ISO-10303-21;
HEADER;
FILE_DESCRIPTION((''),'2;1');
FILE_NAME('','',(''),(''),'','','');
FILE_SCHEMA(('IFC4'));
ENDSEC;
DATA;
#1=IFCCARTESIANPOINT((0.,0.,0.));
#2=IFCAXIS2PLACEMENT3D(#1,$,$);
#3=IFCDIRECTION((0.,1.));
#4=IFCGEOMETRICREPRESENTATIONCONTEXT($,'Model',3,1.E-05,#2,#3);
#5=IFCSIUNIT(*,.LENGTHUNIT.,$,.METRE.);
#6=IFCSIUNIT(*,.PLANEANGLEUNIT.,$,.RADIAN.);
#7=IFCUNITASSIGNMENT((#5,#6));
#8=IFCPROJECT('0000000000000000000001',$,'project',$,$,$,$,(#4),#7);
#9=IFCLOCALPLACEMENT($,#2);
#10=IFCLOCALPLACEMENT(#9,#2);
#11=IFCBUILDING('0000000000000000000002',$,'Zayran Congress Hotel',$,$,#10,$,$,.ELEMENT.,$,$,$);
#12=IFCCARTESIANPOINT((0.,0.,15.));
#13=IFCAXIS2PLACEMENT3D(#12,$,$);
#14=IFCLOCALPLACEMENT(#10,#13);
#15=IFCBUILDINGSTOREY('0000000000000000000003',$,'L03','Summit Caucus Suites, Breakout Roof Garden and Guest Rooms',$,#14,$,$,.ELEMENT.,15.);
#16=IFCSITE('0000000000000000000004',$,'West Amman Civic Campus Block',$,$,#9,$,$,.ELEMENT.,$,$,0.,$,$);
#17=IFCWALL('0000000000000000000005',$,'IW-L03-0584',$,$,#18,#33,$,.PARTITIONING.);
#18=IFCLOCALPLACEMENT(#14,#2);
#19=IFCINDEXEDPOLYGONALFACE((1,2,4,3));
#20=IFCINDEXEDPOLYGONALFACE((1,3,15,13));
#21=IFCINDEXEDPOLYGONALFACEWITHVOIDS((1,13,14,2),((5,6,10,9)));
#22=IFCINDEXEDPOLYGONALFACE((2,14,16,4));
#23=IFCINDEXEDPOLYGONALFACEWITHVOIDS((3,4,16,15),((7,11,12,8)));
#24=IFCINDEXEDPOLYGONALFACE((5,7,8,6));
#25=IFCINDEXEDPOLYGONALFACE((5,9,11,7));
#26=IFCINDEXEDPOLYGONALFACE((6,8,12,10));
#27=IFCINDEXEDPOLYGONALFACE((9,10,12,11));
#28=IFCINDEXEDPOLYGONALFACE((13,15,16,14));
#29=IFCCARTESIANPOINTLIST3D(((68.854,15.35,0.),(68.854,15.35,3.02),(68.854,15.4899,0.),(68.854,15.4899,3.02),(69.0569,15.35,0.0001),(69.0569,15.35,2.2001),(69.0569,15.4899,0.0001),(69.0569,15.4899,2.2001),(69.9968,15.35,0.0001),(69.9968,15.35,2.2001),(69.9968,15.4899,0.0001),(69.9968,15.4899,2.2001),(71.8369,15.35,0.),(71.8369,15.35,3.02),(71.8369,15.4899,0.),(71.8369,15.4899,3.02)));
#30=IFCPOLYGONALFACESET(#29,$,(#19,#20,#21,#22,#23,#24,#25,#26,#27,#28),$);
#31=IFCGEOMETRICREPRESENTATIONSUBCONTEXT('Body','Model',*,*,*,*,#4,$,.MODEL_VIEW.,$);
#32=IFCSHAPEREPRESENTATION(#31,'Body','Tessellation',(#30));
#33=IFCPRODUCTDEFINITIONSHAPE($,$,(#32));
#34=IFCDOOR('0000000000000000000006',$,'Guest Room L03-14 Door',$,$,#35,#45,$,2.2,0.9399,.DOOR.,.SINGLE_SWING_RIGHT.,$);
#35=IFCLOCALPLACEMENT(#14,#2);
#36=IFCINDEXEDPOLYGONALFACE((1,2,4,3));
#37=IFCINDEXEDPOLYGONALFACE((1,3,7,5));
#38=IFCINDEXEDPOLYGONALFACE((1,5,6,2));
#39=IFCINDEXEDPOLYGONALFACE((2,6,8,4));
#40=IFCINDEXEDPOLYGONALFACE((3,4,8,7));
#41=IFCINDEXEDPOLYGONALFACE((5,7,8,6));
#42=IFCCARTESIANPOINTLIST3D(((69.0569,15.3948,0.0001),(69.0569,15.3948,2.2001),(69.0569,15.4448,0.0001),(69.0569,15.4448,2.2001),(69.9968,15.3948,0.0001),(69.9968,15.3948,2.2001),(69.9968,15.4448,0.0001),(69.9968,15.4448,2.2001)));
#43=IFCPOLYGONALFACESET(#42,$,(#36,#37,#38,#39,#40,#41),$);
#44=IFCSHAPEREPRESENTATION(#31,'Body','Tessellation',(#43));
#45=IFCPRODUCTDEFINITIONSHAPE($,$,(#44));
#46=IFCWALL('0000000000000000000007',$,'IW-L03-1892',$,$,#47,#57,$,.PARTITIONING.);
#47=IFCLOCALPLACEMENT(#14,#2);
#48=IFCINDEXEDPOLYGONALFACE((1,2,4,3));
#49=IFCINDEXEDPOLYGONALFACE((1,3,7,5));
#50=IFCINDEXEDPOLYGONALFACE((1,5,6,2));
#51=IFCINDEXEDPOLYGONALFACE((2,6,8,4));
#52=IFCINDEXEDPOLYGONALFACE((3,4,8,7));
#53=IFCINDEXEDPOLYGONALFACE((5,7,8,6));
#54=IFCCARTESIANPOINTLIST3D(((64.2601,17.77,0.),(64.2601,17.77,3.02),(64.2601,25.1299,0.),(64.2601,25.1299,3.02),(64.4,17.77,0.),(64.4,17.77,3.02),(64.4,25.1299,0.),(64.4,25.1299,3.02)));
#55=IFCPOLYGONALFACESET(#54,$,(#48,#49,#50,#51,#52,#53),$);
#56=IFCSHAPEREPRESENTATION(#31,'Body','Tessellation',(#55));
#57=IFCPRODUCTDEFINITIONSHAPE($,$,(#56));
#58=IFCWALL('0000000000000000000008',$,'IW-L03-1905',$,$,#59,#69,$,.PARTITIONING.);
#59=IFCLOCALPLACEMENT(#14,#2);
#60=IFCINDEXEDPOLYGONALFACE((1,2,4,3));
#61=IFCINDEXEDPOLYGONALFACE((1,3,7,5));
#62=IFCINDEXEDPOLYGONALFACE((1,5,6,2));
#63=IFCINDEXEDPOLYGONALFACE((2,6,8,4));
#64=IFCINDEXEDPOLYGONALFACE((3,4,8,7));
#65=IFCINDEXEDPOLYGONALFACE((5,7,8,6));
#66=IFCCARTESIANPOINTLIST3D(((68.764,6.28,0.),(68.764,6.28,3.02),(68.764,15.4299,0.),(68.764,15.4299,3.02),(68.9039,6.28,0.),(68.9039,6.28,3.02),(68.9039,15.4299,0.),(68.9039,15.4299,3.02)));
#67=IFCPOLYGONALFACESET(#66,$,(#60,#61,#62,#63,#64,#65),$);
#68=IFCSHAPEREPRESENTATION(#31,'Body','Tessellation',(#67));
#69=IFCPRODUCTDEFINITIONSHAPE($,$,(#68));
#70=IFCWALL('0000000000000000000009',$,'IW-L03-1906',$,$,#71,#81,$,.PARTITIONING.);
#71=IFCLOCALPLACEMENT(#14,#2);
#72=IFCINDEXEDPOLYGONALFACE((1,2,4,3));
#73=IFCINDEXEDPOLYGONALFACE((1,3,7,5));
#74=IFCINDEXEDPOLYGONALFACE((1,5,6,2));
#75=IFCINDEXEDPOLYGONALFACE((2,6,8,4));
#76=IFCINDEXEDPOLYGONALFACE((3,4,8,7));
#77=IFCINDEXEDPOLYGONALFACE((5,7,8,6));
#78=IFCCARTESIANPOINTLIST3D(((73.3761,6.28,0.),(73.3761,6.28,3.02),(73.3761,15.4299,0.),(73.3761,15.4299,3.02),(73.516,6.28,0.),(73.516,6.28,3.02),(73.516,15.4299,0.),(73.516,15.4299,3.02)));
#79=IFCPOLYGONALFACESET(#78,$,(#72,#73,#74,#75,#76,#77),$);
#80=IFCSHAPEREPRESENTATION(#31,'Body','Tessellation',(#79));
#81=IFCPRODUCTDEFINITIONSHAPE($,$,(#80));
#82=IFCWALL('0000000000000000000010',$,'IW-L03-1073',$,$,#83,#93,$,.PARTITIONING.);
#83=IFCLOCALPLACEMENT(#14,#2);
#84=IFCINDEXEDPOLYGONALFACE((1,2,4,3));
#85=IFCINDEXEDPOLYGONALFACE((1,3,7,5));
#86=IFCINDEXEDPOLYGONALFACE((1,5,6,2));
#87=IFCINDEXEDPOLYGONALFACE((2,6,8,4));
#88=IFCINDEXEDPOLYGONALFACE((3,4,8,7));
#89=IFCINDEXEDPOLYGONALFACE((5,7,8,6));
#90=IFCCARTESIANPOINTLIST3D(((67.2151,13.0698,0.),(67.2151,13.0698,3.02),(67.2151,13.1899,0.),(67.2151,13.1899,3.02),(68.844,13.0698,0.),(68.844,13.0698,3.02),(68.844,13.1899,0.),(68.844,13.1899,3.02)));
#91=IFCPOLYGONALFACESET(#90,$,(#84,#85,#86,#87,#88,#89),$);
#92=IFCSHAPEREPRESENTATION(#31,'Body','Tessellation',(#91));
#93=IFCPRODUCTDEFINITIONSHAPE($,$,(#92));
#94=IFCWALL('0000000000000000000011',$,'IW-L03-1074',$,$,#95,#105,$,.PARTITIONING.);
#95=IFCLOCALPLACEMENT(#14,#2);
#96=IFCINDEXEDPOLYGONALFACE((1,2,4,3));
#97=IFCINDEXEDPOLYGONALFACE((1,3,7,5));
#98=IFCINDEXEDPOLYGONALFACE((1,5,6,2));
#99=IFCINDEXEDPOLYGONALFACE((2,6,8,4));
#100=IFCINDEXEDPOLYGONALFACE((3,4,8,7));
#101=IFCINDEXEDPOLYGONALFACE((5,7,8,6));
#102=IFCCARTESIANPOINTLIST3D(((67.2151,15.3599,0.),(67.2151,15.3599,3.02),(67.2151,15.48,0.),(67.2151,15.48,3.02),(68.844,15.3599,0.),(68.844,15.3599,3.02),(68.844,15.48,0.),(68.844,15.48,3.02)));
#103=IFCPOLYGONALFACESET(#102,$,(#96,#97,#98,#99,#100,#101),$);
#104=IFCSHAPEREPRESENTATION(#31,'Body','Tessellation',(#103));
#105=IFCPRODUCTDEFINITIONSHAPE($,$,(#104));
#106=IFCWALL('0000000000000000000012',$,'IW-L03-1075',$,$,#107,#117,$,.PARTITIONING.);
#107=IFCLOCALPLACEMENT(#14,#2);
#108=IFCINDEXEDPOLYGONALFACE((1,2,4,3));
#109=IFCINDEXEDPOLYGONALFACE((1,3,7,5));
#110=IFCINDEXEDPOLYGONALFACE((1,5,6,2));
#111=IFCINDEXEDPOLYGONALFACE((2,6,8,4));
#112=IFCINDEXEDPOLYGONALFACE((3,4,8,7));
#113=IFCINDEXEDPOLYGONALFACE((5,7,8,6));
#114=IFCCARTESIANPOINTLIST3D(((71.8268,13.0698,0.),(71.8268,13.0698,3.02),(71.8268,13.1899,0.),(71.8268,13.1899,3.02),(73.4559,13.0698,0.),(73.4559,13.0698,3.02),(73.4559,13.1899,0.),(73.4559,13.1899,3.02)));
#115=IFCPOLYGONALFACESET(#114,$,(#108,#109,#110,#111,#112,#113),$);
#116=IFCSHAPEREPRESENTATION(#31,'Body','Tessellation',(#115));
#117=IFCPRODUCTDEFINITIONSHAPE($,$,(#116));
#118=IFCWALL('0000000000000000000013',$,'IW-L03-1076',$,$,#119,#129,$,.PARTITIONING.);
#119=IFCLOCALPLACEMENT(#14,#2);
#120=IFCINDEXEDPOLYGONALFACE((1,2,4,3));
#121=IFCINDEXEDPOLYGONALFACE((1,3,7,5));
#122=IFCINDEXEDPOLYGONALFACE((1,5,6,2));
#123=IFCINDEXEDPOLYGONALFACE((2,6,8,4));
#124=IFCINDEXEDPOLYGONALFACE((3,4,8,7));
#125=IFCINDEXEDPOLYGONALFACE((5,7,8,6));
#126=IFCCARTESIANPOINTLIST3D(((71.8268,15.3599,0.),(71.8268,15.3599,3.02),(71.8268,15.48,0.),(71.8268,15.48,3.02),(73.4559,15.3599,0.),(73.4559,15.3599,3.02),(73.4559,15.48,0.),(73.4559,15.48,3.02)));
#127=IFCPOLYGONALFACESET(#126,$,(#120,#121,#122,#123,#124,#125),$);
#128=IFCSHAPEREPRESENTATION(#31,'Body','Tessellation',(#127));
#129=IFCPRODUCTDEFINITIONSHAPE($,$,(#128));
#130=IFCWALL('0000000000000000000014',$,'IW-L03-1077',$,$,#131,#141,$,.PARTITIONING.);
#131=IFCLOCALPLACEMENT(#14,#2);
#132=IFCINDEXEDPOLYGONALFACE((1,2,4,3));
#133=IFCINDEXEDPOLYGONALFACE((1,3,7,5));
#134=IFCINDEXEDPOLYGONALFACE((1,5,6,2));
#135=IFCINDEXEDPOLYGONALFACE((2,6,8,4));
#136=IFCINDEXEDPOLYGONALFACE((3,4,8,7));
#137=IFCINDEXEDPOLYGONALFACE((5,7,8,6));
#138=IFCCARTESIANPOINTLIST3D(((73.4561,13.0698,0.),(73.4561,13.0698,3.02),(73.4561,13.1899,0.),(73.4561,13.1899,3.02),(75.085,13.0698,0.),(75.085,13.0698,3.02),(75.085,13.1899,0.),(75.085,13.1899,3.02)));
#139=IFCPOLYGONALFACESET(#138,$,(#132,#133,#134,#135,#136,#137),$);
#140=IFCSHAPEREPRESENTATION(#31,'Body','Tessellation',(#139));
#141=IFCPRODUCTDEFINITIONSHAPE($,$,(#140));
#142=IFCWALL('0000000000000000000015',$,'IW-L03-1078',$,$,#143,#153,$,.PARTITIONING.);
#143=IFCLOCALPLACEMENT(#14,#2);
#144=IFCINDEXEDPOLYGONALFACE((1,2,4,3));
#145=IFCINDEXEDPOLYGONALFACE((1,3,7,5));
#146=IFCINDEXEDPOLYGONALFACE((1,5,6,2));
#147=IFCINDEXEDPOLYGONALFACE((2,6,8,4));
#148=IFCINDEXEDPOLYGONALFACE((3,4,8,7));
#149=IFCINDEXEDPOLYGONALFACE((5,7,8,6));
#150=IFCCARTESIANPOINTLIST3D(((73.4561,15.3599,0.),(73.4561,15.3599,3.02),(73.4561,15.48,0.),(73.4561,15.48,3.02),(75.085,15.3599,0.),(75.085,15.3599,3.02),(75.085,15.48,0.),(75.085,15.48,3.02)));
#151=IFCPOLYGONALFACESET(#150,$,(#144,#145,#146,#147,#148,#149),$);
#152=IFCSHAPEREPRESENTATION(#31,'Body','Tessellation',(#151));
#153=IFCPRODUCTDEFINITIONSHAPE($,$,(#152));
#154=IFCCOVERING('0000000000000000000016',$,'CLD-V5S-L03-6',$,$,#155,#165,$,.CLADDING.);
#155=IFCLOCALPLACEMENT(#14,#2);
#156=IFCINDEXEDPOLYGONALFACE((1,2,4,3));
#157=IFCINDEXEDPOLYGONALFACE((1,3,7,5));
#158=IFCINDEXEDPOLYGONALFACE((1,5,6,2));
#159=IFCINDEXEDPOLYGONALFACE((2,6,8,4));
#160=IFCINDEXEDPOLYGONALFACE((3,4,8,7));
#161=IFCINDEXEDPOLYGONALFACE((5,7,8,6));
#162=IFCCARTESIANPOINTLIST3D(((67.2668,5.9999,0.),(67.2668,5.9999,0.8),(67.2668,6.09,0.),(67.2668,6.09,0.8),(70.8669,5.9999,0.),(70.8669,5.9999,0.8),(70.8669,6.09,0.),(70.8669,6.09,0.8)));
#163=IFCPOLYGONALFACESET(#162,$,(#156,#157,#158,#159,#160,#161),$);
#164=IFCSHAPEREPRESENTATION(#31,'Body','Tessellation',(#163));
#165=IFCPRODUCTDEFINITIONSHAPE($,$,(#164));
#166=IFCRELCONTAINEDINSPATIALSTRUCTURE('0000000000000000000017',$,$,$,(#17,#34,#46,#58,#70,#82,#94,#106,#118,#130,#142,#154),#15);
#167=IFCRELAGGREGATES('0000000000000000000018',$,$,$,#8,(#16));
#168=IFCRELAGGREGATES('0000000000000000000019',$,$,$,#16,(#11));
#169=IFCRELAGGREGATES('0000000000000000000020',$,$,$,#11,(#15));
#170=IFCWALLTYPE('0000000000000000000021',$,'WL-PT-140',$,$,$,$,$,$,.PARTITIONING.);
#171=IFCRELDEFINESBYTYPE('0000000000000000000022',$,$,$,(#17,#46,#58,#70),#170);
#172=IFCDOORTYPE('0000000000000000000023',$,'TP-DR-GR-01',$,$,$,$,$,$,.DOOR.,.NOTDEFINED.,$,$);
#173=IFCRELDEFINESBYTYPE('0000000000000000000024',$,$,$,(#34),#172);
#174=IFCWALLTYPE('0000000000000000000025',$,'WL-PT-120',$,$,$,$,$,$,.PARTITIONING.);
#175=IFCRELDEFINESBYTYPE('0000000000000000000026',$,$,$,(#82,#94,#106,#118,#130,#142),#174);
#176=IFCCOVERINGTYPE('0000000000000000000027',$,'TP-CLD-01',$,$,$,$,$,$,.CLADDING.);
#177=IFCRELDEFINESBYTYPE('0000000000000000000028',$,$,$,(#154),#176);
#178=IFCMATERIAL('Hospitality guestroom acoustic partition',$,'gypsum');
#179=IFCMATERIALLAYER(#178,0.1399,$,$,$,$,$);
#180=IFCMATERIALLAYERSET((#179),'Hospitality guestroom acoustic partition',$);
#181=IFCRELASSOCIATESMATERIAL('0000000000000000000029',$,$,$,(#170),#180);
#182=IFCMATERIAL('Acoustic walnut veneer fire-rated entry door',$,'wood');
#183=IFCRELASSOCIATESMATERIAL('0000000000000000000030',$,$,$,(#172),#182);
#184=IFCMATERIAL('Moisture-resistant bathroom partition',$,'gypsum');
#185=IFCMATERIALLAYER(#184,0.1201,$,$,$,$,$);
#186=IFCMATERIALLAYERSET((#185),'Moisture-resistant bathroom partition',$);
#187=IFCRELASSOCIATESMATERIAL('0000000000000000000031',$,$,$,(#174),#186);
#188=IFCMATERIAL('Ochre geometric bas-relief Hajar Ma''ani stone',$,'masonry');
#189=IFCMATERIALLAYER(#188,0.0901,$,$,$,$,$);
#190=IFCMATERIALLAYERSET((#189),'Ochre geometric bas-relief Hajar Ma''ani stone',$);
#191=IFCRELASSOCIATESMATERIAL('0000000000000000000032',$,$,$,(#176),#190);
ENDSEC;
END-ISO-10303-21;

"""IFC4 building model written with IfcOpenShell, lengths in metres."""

from ifc_helpers import new_model, si_unit, direction, frame, frame_2d, origin, origin_2d, place, context, subcontext, project, spatial, rectangle, extrude, material, layer, layer_set, type_object, element, fill, save


model = new_model("IFC4")

# Units and contexts
model_context = context("Model", 3, precision=1e-05, world=origin(), true_north=direction((0.0, 1.0)))
body_context = subcontext(model_context, "Body", "Model", "MODEL_VIEW")
ifc_project = project(units=[si_unit("LENGTHUNIT", "METRE"), si_unit("PLANEANGLEUNIT", "RADIAN")], contexts=[model_context])

# Site, building, storey
site_placement = place(None, origin())
site = spatial("IfcSite", under=ifc_project, at=site_placement, Name="West Amman Civic Campus Block", CompositionType="ELEMENT", RefElevation=0.0)
building_placement = place(site_placement, origin())
building = spatial("IfcBuilding", under=site, at=building_placement, Name="Zayran Congress Hotel", CompositionType="ELEMENT")
storey_placement = place(building_placement, frame((0.0, 0.0, 15.0)))
storey = spatial("IfcBuildingStorey", under=building, at=storey_placement, Name="L03", Description="Summit Caucus Suites, Breakout Roof Garden and Guest Rooms", CompositionType="ELEMENT", Elevation=15.0)

# Wall, opening, door
ifc_material_1 = material(Name="Hospitality guestroom acoustic partition", Category="gypsum")
ifc_layer_1 = layer(ifc_material_1, 0.1399)
ifc_layer_set_1 = layer_set([ifc_layer_1], Name="Hospitality guestroom acoustic partition")
wall_type_1 = type_object("IfcWallType", Name="WL-PT-140", PredefinedType="PARTITIONING", material=ifc_layer_set_1)
wall_1_placement = place(storey_placement, frame((68.854, 15.4199, 0.0), z_axis=(0.0, 0.0, 1.0), x_axis=(1.0, 0.0, 0.0)))
wall_1 = element("IfcWall", 1, at=wall_1_placement, inside=storey, type_object=wall_type_1, Name="IW-L03-0584", PredefinedType="PARTITIONING", context=body_context, shape_type="SweptSolid", body=[
    extrude(rectangle(XDim=2.9829, YDim=0.1399, at=frame_2d((1.4915, 0.0))), origin(), (0.0, 0.0, 1.0), 3.02),
])
opening_1_placement = place(wall_1_placement, frame((0.2029, 0.0, 0.0)))
opening_1 = element("IfcOpeningElement", 2, at=opening_1_placement, cuts=wall_1, PredefinedType="OPENING", context=body_context, shape_type="SweptSolid", body=[
    extrude(rectangle(XDim=0.9399, YDim=2.2, at=frame_2d((0.47, 1.1001))), frame((0.0, 0.0798, 0.0), z_axis=(0.0, -1.0, 0.0), x_axis=(1.0, 0.0, 0.0)), (0.0, 0.0, 1.0), 0.1599),
])
ifc_material_2 = material(Name="Acoustic walnut veneer fire-rated entry door", Category="wood")
door_type_1 = type_object("IfcDoorType", Name="TP-DR-GR-01", OperationType="NOTDEFINED", PredefinedType="DOOR", material=ifc_material_2)
door_1_placement = place(opening_1_placement, origin())
door_1 = element("IfcDoor", 3, at=door_1_placement, inside=storey, type_object=door_type_1, Name="Guest Room L03-14 Door", OperationType="SINGLE_SWING_RIGHT", OverallHeight=2.2, OverallWidth=0.9399, PredefinedType="DOOR", context=body_context, shape_type="SweptSolid", body=[
    extrude(rectangle(XDim=0.9399, YDim=2.2, at=frame_2d((0.47, 1.1001))), frame((0.0, 0.0249, 0.0), z_axis=(0.0, -1.0, 0.0), x_axis=(1.0, 0.0, 0.0)), (0.0, 0.0, 1.0), 0.05),
])
fill(opening_1, door_1)

# Walls
wall_2_placement = place(storey_placement, frame((64.3301, 17.77, 0.0), z_axis=(0.0, 0.0, 1.0), x_axis=(0.0, 1.0, 0.0)))
element("IfcWall", 4, at=wall_2_placement, inside=storey, type_object=wall_type_1, Name="IW-L03-1892", PredefinedType="PARTITIONING", context=body_context, shape_type="SweptSolid", body=[
    extrude(rectangle(XDim=7.3599, YDim=0.1399, at=frame_2d((3.6799, 0.0))), origin(), (0.0, 0.0, 1.0), 3.02),
])
for number, where, z_axis, x_axis, name in (
    (5, (68.834, 6.28, 0.0), (0.0, 0.0, 1.0), (0.0, 1.0, 0.0), "IW-L03-1905"),
    (6, (73.446, 6.28, 0.0), (0.0, 0.0, 1.0), (0.0, 1.0, 0.0), "IW-L03-1906"),
):
    element("IfcWall", number, at=place(storey_placement, frame(where, z_axis=z_axis, x_axis=x_axis)), inside=storey, type_object=wall_type_1, Name=name, PredefinedType="PARTITIONING", context=body_context, shape_type="SweptSolid", body=[
        extrude(rectangle(XDim=9.1499, YDim=0.1399, at=frame_2d((4.575, 0.0))), origin(), (0.0, 0.0, 1.0), 3.02),
    ])

# Shared definitions
ifc_material_3 = material(Name="Moisture-resistant bathroom partition", Category="gypsum")
ifc_layer_2 = layer(ifc_material_3, 0.1201)
ifc_layer_set_2 = layer_set([ifc_layer_2], Name="Moisture-resistant bathroom partition")
wall_type_2 = type_object("IfcWallType", Name="WL-PT-120", PredefinedType="PARTITIONING", material=ifc_layer_set_2)

# Walls
for number, where, z_axis, x_axis, name in (
    (7, (67.2151, 13.1299, 0.0), (0.0, 0.0, 1.0), (1.0, 0.0, 0.0), "IW-L03-1073"),
    (8, (67.2151, 15.4199, 0.0), (0.0, 0.0, 1.0), (1.0, 0.0, 0.0), "IW-L03-1074"),
):
    element("IfcWall", number, at=place(storey_placement, frame(where, z_axis=z_axis, x_axis=x_axis)), inside=storey, type_object=wall_type_2, Name=name, PredefinedType="PARTITIONING", context=body_context, shape_type="SweptSolid", body=[
        extrude(rectangle(XDim=1.6289, YDim=0.1201, at=frame_2d((0.8145, 0.0))), origin(), (0.0, 0.0, 1.0), 3.02),
    ])
for number, where, z_axis, x_axis, name in (
    (9, (71.8269, 13.1299, 0.0), (0.0, 0.0, 1.0), (1.0, 0.0, 0.0), "IW-L03-1075"),
    (10, (71.8269, 15.4199, 0.0), (0.0, 0.0, 1.0), (1.0, 0.0, 0.0), "IW-L03-1076"),
):
    element("IfcWall", number, at=place(storey_placement, frame(where, z_axis=z_axis, x_axis=x_axis)), inside=storey, type_object=wall_type_2, Name=name, PredefinedType="PARTITIONING", context=body_context, shape_type="SweptSolid", body=[
        extrude(rectangle(XDim=1.6292, YDim=0.1201, at=frame_2d((0.8145, 0.0))), origin(), (0.0, 0.0, 1.0), 3.02),
    ])
for number, where, z_axis, x_axis, name in (
    (11, (73.4561, 13.1299, 0.0), (0.0, 0.0, 1.0), (1.0, 0.0, 0.0), "IW-L03-1077"),
    (12, (73.4561, 15.4199, 0.0), (0.0, 0.0, 1.0), (1.0, 0.0, 0.0), "IW-L03-1078"),
):
    element("IfcWall", number, at=place(storey_placement, frame(where, z_axis=z_axis, x_axis=x_axis)), inside=storey, type_object=wall_type_2, Name=name, PredefinedType="PARTITIONING", context=body_context, shape_type="SweptSolid", body=[
        extrude(rectangle(XDim=1.6289, YDim=0.1201, at=frame_2d((0.8145, 0.0))), origin(), (0.0, 0.0, 1.0), 3.02),
    ])

# Covering
ifc_material_4 = material(Name="Ochre geometric bas-relief Hajar Ma'ani stone", Category="masonry")
ifc_layer_3 = layer(ifc_material_4, 0.0901)
ifc_layer_set_3 = layer_set([ifc_layer_3], Name="Ochre geometric bas-relief Hajar Ma'ani stone")
covering_type = type_object("IfcCoveringType", Name="TP-CLD-01", PredefinedType="CLADDING", material=ifc_layer_set_3)
covering_placement = place(storey_placement, frame((69.0669, 6.0449, 0.0), z_axis=(0.0, 0.0, 1.0), x_axis=(1.0, 0.0, 0.0)))
element("IfcCovering", 13, at=covering_placement, inside=storey, type_object=covering_type, Name="CLD-V5S-L03-6", PredefinedType="CLADDING", context=body_context, shape_type="SweptSolid", body=[
    extrude(rectangle(XDim=3.6001, YDim=0.0901, at=origin_2d()), origin(), (0.0, 0.0, 1.0), 0.8),
])

save(model, "model.ifc")
